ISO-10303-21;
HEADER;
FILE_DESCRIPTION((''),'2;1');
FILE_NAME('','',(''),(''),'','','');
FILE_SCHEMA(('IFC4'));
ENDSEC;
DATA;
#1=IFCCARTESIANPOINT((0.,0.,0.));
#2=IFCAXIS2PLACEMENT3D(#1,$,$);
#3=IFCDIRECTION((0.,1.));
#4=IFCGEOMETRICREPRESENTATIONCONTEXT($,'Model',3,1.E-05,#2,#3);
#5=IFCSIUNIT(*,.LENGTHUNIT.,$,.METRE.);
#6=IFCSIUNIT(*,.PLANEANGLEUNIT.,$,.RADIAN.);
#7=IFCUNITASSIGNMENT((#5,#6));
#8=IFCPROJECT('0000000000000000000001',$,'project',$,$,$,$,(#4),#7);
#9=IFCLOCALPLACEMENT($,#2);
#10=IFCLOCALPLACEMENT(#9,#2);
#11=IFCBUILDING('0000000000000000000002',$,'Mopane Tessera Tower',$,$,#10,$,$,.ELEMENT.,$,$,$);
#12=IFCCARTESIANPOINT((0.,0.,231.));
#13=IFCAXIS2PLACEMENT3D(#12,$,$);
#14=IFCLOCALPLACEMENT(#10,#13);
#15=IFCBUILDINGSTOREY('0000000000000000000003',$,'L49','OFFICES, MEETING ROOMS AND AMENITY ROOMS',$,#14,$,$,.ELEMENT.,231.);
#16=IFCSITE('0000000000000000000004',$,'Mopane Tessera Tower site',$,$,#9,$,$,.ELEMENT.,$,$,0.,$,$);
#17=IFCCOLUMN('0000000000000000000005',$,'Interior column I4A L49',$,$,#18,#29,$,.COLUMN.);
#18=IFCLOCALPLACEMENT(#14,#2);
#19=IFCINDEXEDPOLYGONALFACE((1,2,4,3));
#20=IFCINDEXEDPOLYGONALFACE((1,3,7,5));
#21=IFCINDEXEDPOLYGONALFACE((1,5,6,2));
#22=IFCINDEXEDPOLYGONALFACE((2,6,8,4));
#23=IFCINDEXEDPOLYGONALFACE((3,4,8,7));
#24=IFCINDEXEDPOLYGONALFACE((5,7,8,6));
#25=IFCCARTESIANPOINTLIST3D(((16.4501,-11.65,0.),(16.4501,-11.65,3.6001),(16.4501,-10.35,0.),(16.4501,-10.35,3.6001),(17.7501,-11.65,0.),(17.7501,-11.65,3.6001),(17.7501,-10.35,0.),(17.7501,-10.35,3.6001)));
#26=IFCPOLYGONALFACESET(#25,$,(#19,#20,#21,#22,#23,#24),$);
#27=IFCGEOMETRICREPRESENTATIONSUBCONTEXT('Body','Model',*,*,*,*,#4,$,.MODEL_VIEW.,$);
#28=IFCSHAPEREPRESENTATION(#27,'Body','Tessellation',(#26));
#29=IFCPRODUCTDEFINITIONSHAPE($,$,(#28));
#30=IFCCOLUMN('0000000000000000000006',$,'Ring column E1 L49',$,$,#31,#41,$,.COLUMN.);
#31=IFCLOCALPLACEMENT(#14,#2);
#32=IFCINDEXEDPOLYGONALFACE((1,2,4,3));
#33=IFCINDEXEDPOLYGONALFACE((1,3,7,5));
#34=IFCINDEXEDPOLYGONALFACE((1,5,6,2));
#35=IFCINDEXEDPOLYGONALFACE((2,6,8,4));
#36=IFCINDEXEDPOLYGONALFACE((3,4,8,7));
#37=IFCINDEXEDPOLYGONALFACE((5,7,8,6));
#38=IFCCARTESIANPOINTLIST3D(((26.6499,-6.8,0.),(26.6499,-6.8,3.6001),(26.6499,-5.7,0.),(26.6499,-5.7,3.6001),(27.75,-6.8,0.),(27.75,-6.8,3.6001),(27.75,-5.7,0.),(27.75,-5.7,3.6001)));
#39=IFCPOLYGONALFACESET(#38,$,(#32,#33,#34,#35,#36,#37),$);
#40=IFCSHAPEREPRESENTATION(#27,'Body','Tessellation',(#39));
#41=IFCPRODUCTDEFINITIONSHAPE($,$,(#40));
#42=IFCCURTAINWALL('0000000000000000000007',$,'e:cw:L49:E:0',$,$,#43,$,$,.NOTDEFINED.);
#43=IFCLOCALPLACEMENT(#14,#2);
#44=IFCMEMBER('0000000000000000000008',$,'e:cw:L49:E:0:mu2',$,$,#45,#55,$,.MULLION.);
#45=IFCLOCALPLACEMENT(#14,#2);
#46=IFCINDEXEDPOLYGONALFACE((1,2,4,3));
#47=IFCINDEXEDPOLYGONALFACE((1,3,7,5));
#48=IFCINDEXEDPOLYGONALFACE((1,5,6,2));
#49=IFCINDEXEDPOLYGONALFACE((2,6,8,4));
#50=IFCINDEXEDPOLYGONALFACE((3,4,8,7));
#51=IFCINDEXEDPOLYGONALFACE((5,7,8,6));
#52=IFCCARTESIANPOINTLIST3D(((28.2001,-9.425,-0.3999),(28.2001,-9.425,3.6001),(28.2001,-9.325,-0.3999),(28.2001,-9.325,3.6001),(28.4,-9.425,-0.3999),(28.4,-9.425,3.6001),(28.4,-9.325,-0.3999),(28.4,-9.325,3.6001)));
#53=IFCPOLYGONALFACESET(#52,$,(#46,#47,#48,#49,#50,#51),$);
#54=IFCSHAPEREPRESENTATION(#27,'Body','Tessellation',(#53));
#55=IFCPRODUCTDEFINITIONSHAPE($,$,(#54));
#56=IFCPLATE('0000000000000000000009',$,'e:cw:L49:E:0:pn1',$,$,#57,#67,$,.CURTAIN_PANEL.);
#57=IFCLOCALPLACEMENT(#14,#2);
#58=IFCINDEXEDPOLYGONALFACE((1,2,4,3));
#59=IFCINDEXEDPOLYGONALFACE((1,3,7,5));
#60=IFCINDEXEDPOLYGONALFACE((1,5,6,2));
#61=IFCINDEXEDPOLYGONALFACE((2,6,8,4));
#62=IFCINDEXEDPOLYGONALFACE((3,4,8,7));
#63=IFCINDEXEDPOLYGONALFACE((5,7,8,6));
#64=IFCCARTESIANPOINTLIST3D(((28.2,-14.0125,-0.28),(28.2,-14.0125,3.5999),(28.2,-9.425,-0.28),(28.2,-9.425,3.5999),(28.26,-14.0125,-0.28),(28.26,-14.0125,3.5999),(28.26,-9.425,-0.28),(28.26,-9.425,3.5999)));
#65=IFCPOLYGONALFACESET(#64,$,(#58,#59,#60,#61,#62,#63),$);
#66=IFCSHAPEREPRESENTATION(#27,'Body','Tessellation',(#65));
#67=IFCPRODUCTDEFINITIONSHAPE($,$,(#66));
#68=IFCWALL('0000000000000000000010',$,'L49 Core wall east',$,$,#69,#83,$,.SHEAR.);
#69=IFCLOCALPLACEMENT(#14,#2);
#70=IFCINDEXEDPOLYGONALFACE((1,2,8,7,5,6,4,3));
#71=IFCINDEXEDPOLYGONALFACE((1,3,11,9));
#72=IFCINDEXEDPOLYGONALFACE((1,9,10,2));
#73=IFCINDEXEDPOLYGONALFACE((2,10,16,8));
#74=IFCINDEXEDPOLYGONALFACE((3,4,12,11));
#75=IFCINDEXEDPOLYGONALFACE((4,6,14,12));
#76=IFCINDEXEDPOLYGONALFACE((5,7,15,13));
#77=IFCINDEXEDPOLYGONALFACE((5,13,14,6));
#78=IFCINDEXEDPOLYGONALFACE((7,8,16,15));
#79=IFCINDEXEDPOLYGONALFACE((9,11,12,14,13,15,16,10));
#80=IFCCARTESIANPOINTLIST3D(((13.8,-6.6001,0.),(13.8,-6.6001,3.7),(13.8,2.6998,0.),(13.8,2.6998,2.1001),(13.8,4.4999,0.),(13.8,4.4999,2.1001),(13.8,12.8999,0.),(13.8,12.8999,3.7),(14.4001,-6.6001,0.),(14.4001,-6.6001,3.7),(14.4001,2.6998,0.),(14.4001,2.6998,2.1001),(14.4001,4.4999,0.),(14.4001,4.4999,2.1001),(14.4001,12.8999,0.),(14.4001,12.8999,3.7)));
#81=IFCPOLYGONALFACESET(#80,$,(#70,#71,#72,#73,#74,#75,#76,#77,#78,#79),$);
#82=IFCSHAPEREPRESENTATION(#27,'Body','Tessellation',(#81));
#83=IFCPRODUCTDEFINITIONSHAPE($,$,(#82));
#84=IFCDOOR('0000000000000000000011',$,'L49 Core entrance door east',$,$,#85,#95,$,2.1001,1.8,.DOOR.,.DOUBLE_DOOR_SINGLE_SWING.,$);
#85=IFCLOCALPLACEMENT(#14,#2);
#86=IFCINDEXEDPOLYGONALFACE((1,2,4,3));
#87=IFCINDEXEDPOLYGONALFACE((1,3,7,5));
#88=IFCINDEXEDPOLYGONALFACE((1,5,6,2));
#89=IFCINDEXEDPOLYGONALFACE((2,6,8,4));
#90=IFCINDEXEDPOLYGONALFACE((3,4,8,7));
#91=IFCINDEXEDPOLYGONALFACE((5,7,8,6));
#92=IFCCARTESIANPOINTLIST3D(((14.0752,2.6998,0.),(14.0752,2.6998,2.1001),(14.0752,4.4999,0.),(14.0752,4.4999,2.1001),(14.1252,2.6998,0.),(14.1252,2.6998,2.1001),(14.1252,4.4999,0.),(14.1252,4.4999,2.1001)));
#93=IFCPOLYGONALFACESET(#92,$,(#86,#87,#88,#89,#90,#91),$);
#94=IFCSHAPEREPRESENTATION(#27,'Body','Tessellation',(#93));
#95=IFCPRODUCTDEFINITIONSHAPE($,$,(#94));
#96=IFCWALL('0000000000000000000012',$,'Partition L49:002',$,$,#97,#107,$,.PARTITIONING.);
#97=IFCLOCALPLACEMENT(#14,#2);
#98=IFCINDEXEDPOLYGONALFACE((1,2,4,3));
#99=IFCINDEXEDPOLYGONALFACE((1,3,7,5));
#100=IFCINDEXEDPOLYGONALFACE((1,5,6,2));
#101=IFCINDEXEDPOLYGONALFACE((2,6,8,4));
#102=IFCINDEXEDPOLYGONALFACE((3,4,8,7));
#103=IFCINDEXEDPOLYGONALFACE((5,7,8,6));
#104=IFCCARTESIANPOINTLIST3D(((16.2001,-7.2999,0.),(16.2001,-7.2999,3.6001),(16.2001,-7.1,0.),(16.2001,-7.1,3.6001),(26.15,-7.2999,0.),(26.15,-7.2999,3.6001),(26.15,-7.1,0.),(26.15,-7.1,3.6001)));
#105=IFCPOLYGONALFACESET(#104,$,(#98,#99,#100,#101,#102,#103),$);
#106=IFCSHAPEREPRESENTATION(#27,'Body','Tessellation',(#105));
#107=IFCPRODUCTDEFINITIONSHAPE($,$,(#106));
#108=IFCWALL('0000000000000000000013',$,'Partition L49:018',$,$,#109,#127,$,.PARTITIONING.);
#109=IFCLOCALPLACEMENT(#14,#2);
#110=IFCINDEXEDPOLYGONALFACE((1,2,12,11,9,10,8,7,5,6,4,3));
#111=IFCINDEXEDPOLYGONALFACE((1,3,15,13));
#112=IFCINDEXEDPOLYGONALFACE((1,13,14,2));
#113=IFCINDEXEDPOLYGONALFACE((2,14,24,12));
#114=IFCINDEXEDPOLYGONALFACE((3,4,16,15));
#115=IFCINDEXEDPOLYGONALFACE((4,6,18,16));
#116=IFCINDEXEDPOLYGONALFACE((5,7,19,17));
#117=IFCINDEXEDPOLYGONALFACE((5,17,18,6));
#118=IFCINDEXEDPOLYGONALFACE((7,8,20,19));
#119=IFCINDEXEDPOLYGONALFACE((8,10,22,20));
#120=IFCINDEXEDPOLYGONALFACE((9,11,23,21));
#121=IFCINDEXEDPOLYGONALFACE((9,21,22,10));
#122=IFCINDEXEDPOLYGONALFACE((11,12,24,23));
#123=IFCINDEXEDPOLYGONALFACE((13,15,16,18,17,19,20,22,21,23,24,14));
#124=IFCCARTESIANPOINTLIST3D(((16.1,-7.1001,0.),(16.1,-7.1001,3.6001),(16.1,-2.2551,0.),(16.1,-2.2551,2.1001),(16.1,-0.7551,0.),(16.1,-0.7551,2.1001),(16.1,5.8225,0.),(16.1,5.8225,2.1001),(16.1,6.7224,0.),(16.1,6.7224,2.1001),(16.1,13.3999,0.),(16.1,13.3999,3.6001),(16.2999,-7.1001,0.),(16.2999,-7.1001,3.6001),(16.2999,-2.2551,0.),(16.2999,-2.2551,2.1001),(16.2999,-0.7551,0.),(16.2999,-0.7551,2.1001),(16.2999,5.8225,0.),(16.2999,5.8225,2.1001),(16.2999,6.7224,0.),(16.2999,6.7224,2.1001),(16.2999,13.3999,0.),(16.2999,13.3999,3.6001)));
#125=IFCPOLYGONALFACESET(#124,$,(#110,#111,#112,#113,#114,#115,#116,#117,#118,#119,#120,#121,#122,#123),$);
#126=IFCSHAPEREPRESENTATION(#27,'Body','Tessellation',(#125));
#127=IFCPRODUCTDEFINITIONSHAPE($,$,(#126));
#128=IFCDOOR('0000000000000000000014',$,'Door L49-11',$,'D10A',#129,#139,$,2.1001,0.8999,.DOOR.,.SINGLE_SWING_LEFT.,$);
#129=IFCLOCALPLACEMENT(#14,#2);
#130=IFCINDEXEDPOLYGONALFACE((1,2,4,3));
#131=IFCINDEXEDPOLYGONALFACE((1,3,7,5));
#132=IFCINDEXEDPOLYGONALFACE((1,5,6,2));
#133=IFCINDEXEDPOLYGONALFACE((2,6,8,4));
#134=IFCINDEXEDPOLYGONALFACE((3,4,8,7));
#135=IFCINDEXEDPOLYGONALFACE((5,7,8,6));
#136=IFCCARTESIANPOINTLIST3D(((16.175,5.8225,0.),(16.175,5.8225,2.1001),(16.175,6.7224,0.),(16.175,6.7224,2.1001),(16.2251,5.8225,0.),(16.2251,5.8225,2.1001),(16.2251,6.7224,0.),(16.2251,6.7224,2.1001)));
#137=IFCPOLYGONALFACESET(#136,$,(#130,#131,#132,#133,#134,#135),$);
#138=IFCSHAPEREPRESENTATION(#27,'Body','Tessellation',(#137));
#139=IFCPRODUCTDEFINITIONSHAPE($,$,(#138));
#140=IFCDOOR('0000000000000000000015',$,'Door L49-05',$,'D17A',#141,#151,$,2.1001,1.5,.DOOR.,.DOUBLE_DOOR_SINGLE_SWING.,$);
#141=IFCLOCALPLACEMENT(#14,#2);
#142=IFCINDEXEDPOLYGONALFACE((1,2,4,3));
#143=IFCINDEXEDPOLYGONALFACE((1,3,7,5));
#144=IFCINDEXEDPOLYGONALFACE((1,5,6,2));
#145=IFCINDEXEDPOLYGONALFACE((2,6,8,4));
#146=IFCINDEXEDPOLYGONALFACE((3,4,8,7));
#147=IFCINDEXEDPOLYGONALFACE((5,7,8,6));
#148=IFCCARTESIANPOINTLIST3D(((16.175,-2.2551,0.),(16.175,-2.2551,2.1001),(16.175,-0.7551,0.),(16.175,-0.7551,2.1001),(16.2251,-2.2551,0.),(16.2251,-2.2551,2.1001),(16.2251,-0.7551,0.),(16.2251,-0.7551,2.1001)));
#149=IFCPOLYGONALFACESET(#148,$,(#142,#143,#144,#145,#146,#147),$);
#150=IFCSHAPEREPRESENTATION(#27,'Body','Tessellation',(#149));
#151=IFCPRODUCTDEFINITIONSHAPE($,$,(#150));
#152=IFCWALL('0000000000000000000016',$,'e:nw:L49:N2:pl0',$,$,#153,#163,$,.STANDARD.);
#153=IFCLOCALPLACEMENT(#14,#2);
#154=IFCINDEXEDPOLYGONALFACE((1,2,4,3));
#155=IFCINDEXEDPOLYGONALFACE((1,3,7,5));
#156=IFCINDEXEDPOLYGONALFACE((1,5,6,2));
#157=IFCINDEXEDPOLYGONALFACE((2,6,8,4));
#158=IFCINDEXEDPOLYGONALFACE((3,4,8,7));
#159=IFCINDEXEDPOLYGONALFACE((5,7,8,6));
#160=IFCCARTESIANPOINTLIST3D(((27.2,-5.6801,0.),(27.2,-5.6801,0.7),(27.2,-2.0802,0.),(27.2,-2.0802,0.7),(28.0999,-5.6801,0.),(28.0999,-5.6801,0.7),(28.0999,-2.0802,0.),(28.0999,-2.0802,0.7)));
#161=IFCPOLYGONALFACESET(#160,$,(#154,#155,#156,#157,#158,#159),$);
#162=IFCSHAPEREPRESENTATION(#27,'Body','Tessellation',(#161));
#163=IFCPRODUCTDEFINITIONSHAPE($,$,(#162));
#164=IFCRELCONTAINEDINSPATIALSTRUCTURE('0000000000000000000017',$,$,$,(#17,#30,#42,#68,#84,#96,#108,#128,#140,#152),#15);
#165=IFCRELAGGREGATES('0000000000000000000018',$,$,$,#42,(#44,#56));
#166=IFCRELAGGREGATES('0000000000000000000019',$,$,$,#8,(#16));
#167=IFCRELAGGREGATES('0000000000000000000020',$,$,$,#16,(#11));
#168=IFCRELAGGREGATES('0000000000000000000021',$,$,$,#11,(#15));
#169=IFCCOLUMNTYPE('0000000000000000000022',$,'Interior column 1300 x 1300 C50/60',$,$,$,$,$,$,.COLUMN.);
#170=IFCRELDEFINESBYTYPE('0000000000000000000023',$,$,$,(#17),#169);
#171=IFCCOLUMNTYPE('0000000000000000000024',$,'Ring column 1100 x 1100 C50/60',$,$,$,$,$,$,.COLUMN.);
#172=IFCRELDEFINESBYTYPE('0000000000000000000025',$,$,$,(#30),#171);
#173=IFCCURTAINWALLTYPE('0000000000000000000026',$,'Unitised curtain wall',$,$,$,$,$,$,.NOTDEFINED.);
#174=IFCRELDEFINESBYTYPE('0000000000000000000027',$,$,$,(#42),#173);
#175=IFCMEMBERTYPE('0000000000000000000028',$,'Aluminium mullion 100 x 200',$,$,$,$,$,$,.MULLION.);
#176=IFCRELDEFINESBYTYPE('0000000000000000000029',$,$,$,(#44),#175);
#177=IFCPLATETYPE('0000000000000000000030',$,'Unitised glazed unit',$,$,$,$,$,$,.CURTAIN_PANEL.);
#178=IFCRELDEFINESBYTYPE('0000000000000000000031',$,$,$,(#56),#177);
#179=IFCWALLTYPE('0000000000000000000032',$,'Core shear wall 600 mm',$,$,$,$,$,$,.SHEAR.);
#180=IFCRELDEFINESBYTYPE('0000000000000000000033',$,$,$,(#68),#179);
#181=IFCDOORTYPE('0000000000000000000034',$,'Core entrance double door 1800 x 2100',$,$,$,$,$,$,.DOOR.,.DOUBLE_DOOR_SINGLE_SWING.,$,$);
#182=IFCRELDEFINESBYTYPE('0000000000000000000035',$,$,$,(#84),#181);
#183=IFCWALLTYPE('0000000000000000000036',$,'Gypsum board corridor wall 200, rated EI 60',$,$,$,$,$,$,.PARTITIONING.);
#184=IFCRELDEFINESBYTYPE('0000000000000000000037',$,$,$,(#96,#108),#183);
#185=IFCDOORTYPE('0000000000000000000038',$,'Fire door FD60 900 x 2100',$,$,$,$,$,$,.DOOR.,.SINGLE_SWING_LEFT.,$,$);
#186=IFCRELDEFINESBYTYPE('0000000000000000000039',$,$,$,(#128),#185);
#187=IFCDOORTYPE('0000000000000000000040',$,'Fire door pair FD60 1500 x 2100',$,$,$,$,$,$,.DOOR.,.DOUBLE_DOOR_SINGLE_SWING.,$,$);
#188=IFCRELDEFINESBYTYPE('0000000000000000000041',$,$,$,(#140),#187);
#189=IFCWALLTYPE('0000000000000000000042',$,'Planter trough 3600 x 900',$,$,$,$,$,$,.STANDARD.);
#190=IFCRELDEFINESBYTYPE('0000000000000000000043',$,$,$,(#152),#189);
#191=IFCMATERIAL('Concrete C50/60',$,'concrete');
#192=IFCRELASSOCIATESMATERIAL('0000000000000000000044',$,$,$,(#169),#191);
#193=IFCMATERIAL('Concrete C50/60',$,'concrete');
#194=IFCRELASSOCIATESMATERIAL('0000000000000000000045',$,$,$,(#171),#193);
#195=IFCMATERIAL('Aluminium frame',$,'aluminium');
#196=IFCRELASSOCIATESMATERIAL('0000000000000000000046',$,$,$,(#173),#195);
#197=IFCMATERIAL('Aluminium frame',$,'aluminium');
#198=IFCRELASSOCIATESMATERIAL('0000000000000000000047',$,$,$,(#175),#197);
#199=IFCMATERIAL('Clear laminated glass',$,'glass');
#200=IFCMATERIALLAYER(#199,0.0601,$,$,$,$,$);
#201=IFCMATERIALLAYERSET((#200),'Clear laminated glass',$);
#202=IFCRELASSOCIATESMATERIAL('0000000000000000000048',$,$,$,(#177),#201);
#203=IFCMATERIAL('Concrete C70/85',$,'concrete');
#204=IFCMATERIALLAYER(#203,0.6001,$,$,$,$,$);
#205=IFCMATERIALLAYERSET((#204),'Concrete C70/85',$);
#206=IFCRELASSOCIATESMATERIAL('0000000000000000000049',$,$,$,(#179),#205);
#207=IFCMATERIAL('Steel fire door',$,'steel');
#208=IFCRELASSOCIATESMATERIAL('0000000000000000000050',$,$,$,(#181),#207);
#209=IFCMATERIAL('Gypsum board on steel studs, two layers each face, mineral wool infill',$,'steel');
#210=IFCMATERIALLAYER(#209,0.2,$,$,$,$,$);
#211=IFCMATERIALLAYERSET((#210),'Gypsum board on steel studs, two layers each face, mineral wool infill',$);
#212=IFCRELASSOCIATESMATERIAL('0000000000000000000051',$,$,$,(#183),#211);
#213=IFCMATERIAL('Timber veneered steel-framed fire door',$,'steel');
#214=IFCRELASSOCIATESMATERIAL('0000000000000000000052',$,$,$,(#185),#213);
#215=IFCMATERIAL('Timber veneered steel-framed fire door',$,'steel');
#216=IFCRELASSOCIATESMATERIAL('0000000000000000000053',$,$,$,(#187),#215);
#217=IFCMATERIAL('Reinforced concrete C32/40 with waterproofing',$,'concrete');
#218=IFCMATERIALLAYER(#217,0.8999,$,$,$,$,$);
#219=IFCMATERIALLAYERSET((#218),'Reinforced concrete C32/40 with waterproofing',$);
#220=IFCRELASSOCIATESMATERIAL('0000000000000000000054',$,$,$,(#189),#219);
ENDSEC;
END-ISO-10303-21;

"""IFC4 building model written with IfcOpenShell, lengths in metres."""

from ifc_helpers import new_model, si_unit, direction, frame, frame_2d, origin, origin_2d, place, context, subcontext, project, spatial, rectangle, extrude, material, layer, layer_set, material_profile, profile_set, type_object, element, fill, aggregate, save


model = new_model("IFC4")

# Units and contexts
model_context = context("Model", 3, precision=1e-05, world=origin(), true_north=direction((0.0, 1.0)))
body_context = subcontext(model_context, "Body", "Model", "MODEL_VIEW")
ifc_project = project(units=[si_unit("LENGTHUNIT", "METRE"), si_unit("PLANEANGLEUNIT", "RADIAN")], contexts=[model_context])

# Site, building, storey
site_placement = place(None, origin())
site = spatial("IfcSite", under=ifc_project, at=site_placement, Name="Mopane Tessera Tower site", CompositionType="ELEMENT", RefElevation=0.0)
building_placement = place(site_placement, origin())
building = spatial("IfcBuilding", under=site, at=building_placement, Name="Mopane Tessera Tower", CompositionType="ELEMENT")
storey_placement = place(building_placement, frame((0.0, 0.0, 231.0)))
storey = spatial("IfcBuildingStorey", under=building, at=storey_placement, Name="L49", Description="OFFICES, MEETING ROOMS AND AMENITY ROOMS", CompositionType="ELEMENT", Elevation=231.0)

# Columns
ifc_material_1 = material(Name="Concrete C50/60", Category="concrete")
ifc_material_profile_1 = material_profile(ifc_material_1, rectangle(XDim=1.3, YDim=1.3, at=origin_2d()))
ifc_profile_set_1 = profile_set([ifc_material_profile_1], Name="Concrete C50/60")
column_type_1 = type_object("IfcColumnType", Name="Interior column 1300 x 1300 C50/60", PredefinedType="COLUMN", material=ifc_profile_set_1)
column_1_placement = place(storey_placement, frame((17.1001, -11.0, 0.0), z_axis=(0.0, 0.0, 1.0), x_axis=(1.0, 0.0, 0.0)))
element("IfcColumn", 1, at=column_1_placement, inside=storey, type_object=column_type_1, Name="Interior column I4A L49", PredefinedType="COLUMN", context=body_context, shape_type="SweptSolid", body=[
    extrude(rectangle(XDim=1.3, YDim=1.3, at=origin_2d()), origin(), (0.0, 0.0, 1.0), 3.6001),
])
ifc_material_2 = material(Name="Concrete C50/60", Category="concrete")
ifc_material_profile_2 = material_profile(ifc_material_2, rectangle(XDim=1.1001, YDim=1.1001, at=origin_2d()))
ifc_profile_set_2 = profile_set([ifc_material_profile_2], Name="Concrete C50/60")
column_type_2 = type_object("IfcColumnType", Name="Ring column 1100 x 1100 C50/60", PredefinedType="COLUMN", material=ifc_profile_set_2)
column_2_placement = place(storey_placement, frame((27.2, -6.25, 0.0), z_axis=(0.0, 0.0, 1.0), x_axis=(1.0, 0.0, 0.0)))
element("IfcColumn", 2, at=column_2_placement, inside=storey, type_object=column_type_2, Name="Ring column E1 L49", PredefinedType="COLUMN", context=body_context, shape_type="SweptSolid", body=[
    extrude(rectangle(XDim=1.1001, YDim=1.1001, at=origin_2d()), origin(), (0.0, 0.0, 1.0), 3.6001),
])

# Curtain wall, member, plate
ifc_material_3 = material(Name="Aluminium frame", Category="aluminium")
curtain_wall_type = type_object("IfcCurtainWallType", Name="Unitised curtain wall", PredefinedType="NOTDEFINED", material=ifc_material_3)
curtain_wall_placement = place(storey_placement, origin())
curtain_wall = element("IfcCurtainWall", 3, at=curtain_wall_placement, inside=storey, type_object=curtain_wall_type, Name="e:cw:L49:E:0", PredefinedType="NOTDEFINED")
ifc_material_4 = material(Name="Aluminium frame", Category="aluminium")
ifc_material_profile_3 = material_profile(ifc_material_4, rectangle(XDim=0.1001, YDim=0.2, at=origin_2d()))
ifc_profile_set_3 = profile_set([ifc_material_profile_3], Name="Aluminium frame")
member_type = type_object("IfcMemberType", Name="Aluminium mullion 100 x 200", PredefinedType="MULLION", material=ifc_profile_set_3)
member_placement = place(storey_placement, frame((28.3, -9.375, -0.3999), z_axis=(0.0, 0.0, 1.0), x_axis=(0.0, 1.0, 0.0)))
member = element("IfcMember", 4, at=member_placement, type_object=member_type, Name="e:cw:L49:E:0:mu2", PredefinedType="MULLION", context=body_context, shape_type="SweptSolid", body=[
    extrude(rectangle(XDim=0.1001, YDim=0.2, at=origin_2d()), origin(), (0.0, 0.0, 1.0), 4.0),
])
ifc_material_5 = material(Name="Clear laminated glass", Category="glass")
ifc_layer_1 = layer(ifc_material_5, 0.0601)
ifc_layer_set_1 = layer_set([ifc_layer_1], Name="Clear laminated glass")
plate_type = type_object("IfcPlateType", Name="Unitised glazed unit", PredefinedType="CURTAIN_PANEL", material=ifc_layer_set_1)
plate_placement = place(storey_placement, frame((28.23, -11.7188, -0.28), z_axis=(0.0, 0.0, 1.0), x_axis=(0.0, 1.0, 0.0)))
plate = element("IfcPlate", 5, at=plate_placement, type_object=plate_type, Name="e:cw:L49:E:0:pn1", PredefinedType="CURTAIN_PANEL", context=body_context, shape_type="SweptSolid", body=[
    extrude(rectangle(XDim=4.5874, YDim=0.0601, at=origin_2d()), origin(), (0.0, 0.0, 1.0), 3.8799),
])
aggregate(curtain_wall, [member, plate])

# Wall, opening, door
ifc_material_6 = material(Name="Concrete C70/85", Category="concrete")
ifc_layer_2 = layer(ifc_material_6, 0.6001)
ifc_layer_set_2 = layer_set([ifc_layer_2], Name="Concrete C70/85")
wall_type_1 = type_object("IfcWallType", Name="Core shear wall 600 mm", PredefinedType="SHEAR", material=ifc_layer_set_2)
wall_1_placement = place(storey_placement, frame((14.1001, -6.6001, 0.0), z_axis=(0.0, 0.0, 1.0), x_axis=(0.0, 1.0, 0.0)))
wall_1 = element("IfcWall", 6, at=wall_1_placement, inside=storey, type_object=wall_type_1, Name="L49 Core wall east", PredefinedType="SHEAR", context=body_context, shape_type="SweptSolid", body=[
    extrude(rectangle(XDim=19.5, YDim=0.6001, at=frame_2d((9.75, 0.0))), origin(), (0.0, 0.0, 1.0), 3.7),
])
opening_1_placement = place(wall_1_placement, frame((9.3, 0.0, 0.0)))
opening_1 = element("IfcOpeningElement", 7, at=opening_1_placement, cuts=wall_1, PredefinedType="OPENING", context=body_context, shape_type="SweptSolid", body=[
    extrude(rectangle(XDim=1.8, YDim=2.1001, at=frame_2d((0.8999, 1.05))), frame((0.0, 0.312, 0.0), z_axis=(0.0, -1.0, 0.0), x_axis=(1.0, 0.0, 0.0)), (0.0, 0.0, 1.0), 0.624),
])
ifc_material_7 = material(Name="Steel fire door", Category="steel")
door_type_1 = type_object("IfcDoorType", Name="Core entrance double door 1800 x 2100", OperationType="DOUBLE_DOOR_SINGLE_SWING", PredefinedType="DOOR", material=ifc_material_7)
door_1_placement = place(opening_1_placement, origin())
door_1 = element("IfcDoor", 8, at=door_1_placement, inside=storey, type_object=door_type_1, Name="L49 Core entrance door east", OperationType="DOUBLE_DOOR_SINGLE_SWING", OverallHeight=2.1001, OverallWidth=1.8, PredefinedType="DOOR", context=body_context, shape_type="SweptSolid", body=[
    extrude(rectangle(XDim=1.8, YDim=2.1001, at=frame_2d((0.8999, 1.05))), frame((0.0, 0.0249, 0.0), z_axis=(0.0, -1.0, 0.0), x_axis=(1.0, 0.0, 0.0)), (0.0, 0.0, 1.0), 0.05),
])
fill(opening_1, door_1)

# Wall
ifc_material_8 = material(Name="Gypsum board on steel studs, two layers each face, mineral wool infill", Category="steel")
ifc_layer_3 = layer(ifc_material_8, 0.2)
ifc_layer_set_3 = layer_set([ifc_layer_3], Name="Gypsum board on steel studs, two layers each face, mineral wool infill")
wall_type_2 = type_object("IfcWallType", Name="Gypsum board corridor wall 200, rated EI 60", PredefinedType="PARTITIONING", material=ifc_layer_set_3)
wall_2_placement = place(storey_placement, frame((16.2, -7.2, 0.0), z_axis=(0.0, 0.0, 1.0), x_axis=(1.0, 0.0, 0.0)))
element("IfcWall", 9, at=wall_2_placement, inside=storey, type_object=wall_type_2, Name="Partition L49:002", PredefinedType="PARTITIONING", context=body_context, shape_type="SweptSolid", body=[
    extrude(rectangle(XDim=9.95, YDim=0.2, at=frame_2d((4.9751, 0.0))), origin(), (0.0, 0.0, 1.0), 3.6001),
])

# Wall, openings, doors
wall_3_placement = place(storey_placement, frame((16.2, -7.1001, 0.0), z_axis=(0.0, 0.0, 1.0), x_axis=(0.0, 1.0, 0.0)))
wall_3 = element("IfcWall", 10, at=wall_3_placement, inside=storey, type_object=wall_type_2, Name="Partition L49:018", PredefinedType="PARTITIONING", context=body_context, shape_type="SweptSolid", body=[
    extrude(rectangle(XDim=20.5, YDim=0.2, at=frame_2d((10.25, 0.0))), origin(), (0.0, 0.0, 1.0), 3.6001),
])
opening_2_placement = place(wall_3_placement, frame((4.845, 0.0, 0.0)))
opening_2 = element("IfcOpeningElement", 11, at=opening_2_placement, cuts=wall_3, PredefinedType="OPENING", context=body_context, shape_type="SweptSolid", body=[
    extrude(rectangle(XDim=1.5, YDim=2.1001, at=frame_2d((0.75, 1.05))), frame((0.0, 0.1121, 0.0), z_axis=(0.0, -1.0, 0.0), x_axis=(1.0, 0.0, 0.0)), (0.0, 0.0, 1.0), 0.2239),
])
opening_3_placement = place(wall_3_placement, frame((12.9226, 0.0, 0.0)))
opening_3 = element("IfcOpeningElement", 12, at=opening_3_placement, cuts=wall_3, PredefinedType="OPENING", context=body_context, shape_type="SweptSolid", body=[
    extrude(rectangle(XDim=0.8999, YDim=2.1001, at=frame_2d((0.45, 1.05))), frame((0.0, 0.1121, 0.0), z_axis=(0.0, -1.0, 0.0), x_axis=(1.0, 0.0, 0.0)), (0.0, 0.0, 1.0), 0.2239),
])
ifc_material_9 = material(Name="Timber veneered steel-framed fire door", Category="steel")
door_type_2 = type_object("IfcDoorType", Name="Fire door FD60 900 x 2100", OperationType="SINGLE_SWING_LEFT", PredefinedType="DOOR", material=ifc_material_9)
door_2_placement = place(opening_3_placement, origin())
door_2 = element("IfcDoor", 13, at=door_2_placement, inside=storey, type_object=door_type_2, Name="Door L49-11", ObjectType="D10A", OperationType="SINGLE_SWING_LEFT", OverallHeight=2.1001, OverallWidth=0.8999, PredefinedType="DOOR", context=body_context, shape_type="SweptSolid", body=[
    extrude(rectangle(XDim=0.8999, YDim=2.1001, at=frame_2d((0.45, 1.05))), frame((0.0, 0.0249, 0.0), z_axis=(0.0, -1.0, 0.0), x_axis=(1.0, 0.0, 0.0)), (0.0, 0.0, 1.0), 0.05),
])
fill(opening_3, door_2)
ifc_material_10 = material(Name="Timber veneered steel-framed fire door", Category="steel")
door_type_3 = type_object("IfcDoorType", Name="Fire door pair FD60 1500 x 2100", OperationType="DOUBLE_DOOR_SINGLE_SWING", PredefinedType="DOOR", material=ifc_material_10)
door_3_placement = place(opening_2_placement, origin())
door_3 = element("IfcDoor", 14, at=door_3_placement, inside=storey, type_object=door_type_3, Name="Door L49-05", ObjectType="D17A", OperationType="DOUBLE_DOOR_SINGLE_SWING", OverallHeight=2.1001, OverallWidth=1.5, PredefinedType="DOOR", context=body_context, shape_type="SweptSolid", body=[
    extrude(rectangle(XDim=1.5, YDim=2.1001, at=frame_2d((0.75, 1.05))), frame((0.0, 0.0249, 0.0), z_axis=(0.0, -1.0, 0.0), x_axis=(1.0, 0.0, 0.0)), (0.0, 0.0, 1.0), 0.05),
])
fill(opening_2, door_3)

# Wall
ifc_material_11 = material(Name="Reinforced concrete C32/40 with waterproofing", Category="concrete")
ifc_layer_4 = layer(ifc_material_11, 0.8999)
ifc_layer_set_4 = layer_set([ifc_layer_4], Name="Reinforced concrete C32/40 with waterproofing")
wall_type_3 = type_object("IfcWallType", Name="Planter trough 3600 x 900", PredefinedType="STANDARD", material=ifc_layer_set_4)
wall_4_placement = place(storey_placement, frame((27.6499, -5.6799, 0.0), z_axis=(0.0, 0.0, 1.0), x_axis=(0.0, 1.0, 0.0)))
element("IfcWall", 15, at=wall_4_placement, inside=storey, type_object=wall_type_3, Name="e:nw:L49:N2:pl0", PredefinedType="STANDARD", context=body_context, shape_type="SweptSolid", body=[
    extrude(rectangle(XDim=3.5999, YDim=0.8999, at=frame_2d((1.7998, 0.0))), origin(), (0.0, 0.0, 1.0), 0.7),
])

save(model, "model.ifc")
